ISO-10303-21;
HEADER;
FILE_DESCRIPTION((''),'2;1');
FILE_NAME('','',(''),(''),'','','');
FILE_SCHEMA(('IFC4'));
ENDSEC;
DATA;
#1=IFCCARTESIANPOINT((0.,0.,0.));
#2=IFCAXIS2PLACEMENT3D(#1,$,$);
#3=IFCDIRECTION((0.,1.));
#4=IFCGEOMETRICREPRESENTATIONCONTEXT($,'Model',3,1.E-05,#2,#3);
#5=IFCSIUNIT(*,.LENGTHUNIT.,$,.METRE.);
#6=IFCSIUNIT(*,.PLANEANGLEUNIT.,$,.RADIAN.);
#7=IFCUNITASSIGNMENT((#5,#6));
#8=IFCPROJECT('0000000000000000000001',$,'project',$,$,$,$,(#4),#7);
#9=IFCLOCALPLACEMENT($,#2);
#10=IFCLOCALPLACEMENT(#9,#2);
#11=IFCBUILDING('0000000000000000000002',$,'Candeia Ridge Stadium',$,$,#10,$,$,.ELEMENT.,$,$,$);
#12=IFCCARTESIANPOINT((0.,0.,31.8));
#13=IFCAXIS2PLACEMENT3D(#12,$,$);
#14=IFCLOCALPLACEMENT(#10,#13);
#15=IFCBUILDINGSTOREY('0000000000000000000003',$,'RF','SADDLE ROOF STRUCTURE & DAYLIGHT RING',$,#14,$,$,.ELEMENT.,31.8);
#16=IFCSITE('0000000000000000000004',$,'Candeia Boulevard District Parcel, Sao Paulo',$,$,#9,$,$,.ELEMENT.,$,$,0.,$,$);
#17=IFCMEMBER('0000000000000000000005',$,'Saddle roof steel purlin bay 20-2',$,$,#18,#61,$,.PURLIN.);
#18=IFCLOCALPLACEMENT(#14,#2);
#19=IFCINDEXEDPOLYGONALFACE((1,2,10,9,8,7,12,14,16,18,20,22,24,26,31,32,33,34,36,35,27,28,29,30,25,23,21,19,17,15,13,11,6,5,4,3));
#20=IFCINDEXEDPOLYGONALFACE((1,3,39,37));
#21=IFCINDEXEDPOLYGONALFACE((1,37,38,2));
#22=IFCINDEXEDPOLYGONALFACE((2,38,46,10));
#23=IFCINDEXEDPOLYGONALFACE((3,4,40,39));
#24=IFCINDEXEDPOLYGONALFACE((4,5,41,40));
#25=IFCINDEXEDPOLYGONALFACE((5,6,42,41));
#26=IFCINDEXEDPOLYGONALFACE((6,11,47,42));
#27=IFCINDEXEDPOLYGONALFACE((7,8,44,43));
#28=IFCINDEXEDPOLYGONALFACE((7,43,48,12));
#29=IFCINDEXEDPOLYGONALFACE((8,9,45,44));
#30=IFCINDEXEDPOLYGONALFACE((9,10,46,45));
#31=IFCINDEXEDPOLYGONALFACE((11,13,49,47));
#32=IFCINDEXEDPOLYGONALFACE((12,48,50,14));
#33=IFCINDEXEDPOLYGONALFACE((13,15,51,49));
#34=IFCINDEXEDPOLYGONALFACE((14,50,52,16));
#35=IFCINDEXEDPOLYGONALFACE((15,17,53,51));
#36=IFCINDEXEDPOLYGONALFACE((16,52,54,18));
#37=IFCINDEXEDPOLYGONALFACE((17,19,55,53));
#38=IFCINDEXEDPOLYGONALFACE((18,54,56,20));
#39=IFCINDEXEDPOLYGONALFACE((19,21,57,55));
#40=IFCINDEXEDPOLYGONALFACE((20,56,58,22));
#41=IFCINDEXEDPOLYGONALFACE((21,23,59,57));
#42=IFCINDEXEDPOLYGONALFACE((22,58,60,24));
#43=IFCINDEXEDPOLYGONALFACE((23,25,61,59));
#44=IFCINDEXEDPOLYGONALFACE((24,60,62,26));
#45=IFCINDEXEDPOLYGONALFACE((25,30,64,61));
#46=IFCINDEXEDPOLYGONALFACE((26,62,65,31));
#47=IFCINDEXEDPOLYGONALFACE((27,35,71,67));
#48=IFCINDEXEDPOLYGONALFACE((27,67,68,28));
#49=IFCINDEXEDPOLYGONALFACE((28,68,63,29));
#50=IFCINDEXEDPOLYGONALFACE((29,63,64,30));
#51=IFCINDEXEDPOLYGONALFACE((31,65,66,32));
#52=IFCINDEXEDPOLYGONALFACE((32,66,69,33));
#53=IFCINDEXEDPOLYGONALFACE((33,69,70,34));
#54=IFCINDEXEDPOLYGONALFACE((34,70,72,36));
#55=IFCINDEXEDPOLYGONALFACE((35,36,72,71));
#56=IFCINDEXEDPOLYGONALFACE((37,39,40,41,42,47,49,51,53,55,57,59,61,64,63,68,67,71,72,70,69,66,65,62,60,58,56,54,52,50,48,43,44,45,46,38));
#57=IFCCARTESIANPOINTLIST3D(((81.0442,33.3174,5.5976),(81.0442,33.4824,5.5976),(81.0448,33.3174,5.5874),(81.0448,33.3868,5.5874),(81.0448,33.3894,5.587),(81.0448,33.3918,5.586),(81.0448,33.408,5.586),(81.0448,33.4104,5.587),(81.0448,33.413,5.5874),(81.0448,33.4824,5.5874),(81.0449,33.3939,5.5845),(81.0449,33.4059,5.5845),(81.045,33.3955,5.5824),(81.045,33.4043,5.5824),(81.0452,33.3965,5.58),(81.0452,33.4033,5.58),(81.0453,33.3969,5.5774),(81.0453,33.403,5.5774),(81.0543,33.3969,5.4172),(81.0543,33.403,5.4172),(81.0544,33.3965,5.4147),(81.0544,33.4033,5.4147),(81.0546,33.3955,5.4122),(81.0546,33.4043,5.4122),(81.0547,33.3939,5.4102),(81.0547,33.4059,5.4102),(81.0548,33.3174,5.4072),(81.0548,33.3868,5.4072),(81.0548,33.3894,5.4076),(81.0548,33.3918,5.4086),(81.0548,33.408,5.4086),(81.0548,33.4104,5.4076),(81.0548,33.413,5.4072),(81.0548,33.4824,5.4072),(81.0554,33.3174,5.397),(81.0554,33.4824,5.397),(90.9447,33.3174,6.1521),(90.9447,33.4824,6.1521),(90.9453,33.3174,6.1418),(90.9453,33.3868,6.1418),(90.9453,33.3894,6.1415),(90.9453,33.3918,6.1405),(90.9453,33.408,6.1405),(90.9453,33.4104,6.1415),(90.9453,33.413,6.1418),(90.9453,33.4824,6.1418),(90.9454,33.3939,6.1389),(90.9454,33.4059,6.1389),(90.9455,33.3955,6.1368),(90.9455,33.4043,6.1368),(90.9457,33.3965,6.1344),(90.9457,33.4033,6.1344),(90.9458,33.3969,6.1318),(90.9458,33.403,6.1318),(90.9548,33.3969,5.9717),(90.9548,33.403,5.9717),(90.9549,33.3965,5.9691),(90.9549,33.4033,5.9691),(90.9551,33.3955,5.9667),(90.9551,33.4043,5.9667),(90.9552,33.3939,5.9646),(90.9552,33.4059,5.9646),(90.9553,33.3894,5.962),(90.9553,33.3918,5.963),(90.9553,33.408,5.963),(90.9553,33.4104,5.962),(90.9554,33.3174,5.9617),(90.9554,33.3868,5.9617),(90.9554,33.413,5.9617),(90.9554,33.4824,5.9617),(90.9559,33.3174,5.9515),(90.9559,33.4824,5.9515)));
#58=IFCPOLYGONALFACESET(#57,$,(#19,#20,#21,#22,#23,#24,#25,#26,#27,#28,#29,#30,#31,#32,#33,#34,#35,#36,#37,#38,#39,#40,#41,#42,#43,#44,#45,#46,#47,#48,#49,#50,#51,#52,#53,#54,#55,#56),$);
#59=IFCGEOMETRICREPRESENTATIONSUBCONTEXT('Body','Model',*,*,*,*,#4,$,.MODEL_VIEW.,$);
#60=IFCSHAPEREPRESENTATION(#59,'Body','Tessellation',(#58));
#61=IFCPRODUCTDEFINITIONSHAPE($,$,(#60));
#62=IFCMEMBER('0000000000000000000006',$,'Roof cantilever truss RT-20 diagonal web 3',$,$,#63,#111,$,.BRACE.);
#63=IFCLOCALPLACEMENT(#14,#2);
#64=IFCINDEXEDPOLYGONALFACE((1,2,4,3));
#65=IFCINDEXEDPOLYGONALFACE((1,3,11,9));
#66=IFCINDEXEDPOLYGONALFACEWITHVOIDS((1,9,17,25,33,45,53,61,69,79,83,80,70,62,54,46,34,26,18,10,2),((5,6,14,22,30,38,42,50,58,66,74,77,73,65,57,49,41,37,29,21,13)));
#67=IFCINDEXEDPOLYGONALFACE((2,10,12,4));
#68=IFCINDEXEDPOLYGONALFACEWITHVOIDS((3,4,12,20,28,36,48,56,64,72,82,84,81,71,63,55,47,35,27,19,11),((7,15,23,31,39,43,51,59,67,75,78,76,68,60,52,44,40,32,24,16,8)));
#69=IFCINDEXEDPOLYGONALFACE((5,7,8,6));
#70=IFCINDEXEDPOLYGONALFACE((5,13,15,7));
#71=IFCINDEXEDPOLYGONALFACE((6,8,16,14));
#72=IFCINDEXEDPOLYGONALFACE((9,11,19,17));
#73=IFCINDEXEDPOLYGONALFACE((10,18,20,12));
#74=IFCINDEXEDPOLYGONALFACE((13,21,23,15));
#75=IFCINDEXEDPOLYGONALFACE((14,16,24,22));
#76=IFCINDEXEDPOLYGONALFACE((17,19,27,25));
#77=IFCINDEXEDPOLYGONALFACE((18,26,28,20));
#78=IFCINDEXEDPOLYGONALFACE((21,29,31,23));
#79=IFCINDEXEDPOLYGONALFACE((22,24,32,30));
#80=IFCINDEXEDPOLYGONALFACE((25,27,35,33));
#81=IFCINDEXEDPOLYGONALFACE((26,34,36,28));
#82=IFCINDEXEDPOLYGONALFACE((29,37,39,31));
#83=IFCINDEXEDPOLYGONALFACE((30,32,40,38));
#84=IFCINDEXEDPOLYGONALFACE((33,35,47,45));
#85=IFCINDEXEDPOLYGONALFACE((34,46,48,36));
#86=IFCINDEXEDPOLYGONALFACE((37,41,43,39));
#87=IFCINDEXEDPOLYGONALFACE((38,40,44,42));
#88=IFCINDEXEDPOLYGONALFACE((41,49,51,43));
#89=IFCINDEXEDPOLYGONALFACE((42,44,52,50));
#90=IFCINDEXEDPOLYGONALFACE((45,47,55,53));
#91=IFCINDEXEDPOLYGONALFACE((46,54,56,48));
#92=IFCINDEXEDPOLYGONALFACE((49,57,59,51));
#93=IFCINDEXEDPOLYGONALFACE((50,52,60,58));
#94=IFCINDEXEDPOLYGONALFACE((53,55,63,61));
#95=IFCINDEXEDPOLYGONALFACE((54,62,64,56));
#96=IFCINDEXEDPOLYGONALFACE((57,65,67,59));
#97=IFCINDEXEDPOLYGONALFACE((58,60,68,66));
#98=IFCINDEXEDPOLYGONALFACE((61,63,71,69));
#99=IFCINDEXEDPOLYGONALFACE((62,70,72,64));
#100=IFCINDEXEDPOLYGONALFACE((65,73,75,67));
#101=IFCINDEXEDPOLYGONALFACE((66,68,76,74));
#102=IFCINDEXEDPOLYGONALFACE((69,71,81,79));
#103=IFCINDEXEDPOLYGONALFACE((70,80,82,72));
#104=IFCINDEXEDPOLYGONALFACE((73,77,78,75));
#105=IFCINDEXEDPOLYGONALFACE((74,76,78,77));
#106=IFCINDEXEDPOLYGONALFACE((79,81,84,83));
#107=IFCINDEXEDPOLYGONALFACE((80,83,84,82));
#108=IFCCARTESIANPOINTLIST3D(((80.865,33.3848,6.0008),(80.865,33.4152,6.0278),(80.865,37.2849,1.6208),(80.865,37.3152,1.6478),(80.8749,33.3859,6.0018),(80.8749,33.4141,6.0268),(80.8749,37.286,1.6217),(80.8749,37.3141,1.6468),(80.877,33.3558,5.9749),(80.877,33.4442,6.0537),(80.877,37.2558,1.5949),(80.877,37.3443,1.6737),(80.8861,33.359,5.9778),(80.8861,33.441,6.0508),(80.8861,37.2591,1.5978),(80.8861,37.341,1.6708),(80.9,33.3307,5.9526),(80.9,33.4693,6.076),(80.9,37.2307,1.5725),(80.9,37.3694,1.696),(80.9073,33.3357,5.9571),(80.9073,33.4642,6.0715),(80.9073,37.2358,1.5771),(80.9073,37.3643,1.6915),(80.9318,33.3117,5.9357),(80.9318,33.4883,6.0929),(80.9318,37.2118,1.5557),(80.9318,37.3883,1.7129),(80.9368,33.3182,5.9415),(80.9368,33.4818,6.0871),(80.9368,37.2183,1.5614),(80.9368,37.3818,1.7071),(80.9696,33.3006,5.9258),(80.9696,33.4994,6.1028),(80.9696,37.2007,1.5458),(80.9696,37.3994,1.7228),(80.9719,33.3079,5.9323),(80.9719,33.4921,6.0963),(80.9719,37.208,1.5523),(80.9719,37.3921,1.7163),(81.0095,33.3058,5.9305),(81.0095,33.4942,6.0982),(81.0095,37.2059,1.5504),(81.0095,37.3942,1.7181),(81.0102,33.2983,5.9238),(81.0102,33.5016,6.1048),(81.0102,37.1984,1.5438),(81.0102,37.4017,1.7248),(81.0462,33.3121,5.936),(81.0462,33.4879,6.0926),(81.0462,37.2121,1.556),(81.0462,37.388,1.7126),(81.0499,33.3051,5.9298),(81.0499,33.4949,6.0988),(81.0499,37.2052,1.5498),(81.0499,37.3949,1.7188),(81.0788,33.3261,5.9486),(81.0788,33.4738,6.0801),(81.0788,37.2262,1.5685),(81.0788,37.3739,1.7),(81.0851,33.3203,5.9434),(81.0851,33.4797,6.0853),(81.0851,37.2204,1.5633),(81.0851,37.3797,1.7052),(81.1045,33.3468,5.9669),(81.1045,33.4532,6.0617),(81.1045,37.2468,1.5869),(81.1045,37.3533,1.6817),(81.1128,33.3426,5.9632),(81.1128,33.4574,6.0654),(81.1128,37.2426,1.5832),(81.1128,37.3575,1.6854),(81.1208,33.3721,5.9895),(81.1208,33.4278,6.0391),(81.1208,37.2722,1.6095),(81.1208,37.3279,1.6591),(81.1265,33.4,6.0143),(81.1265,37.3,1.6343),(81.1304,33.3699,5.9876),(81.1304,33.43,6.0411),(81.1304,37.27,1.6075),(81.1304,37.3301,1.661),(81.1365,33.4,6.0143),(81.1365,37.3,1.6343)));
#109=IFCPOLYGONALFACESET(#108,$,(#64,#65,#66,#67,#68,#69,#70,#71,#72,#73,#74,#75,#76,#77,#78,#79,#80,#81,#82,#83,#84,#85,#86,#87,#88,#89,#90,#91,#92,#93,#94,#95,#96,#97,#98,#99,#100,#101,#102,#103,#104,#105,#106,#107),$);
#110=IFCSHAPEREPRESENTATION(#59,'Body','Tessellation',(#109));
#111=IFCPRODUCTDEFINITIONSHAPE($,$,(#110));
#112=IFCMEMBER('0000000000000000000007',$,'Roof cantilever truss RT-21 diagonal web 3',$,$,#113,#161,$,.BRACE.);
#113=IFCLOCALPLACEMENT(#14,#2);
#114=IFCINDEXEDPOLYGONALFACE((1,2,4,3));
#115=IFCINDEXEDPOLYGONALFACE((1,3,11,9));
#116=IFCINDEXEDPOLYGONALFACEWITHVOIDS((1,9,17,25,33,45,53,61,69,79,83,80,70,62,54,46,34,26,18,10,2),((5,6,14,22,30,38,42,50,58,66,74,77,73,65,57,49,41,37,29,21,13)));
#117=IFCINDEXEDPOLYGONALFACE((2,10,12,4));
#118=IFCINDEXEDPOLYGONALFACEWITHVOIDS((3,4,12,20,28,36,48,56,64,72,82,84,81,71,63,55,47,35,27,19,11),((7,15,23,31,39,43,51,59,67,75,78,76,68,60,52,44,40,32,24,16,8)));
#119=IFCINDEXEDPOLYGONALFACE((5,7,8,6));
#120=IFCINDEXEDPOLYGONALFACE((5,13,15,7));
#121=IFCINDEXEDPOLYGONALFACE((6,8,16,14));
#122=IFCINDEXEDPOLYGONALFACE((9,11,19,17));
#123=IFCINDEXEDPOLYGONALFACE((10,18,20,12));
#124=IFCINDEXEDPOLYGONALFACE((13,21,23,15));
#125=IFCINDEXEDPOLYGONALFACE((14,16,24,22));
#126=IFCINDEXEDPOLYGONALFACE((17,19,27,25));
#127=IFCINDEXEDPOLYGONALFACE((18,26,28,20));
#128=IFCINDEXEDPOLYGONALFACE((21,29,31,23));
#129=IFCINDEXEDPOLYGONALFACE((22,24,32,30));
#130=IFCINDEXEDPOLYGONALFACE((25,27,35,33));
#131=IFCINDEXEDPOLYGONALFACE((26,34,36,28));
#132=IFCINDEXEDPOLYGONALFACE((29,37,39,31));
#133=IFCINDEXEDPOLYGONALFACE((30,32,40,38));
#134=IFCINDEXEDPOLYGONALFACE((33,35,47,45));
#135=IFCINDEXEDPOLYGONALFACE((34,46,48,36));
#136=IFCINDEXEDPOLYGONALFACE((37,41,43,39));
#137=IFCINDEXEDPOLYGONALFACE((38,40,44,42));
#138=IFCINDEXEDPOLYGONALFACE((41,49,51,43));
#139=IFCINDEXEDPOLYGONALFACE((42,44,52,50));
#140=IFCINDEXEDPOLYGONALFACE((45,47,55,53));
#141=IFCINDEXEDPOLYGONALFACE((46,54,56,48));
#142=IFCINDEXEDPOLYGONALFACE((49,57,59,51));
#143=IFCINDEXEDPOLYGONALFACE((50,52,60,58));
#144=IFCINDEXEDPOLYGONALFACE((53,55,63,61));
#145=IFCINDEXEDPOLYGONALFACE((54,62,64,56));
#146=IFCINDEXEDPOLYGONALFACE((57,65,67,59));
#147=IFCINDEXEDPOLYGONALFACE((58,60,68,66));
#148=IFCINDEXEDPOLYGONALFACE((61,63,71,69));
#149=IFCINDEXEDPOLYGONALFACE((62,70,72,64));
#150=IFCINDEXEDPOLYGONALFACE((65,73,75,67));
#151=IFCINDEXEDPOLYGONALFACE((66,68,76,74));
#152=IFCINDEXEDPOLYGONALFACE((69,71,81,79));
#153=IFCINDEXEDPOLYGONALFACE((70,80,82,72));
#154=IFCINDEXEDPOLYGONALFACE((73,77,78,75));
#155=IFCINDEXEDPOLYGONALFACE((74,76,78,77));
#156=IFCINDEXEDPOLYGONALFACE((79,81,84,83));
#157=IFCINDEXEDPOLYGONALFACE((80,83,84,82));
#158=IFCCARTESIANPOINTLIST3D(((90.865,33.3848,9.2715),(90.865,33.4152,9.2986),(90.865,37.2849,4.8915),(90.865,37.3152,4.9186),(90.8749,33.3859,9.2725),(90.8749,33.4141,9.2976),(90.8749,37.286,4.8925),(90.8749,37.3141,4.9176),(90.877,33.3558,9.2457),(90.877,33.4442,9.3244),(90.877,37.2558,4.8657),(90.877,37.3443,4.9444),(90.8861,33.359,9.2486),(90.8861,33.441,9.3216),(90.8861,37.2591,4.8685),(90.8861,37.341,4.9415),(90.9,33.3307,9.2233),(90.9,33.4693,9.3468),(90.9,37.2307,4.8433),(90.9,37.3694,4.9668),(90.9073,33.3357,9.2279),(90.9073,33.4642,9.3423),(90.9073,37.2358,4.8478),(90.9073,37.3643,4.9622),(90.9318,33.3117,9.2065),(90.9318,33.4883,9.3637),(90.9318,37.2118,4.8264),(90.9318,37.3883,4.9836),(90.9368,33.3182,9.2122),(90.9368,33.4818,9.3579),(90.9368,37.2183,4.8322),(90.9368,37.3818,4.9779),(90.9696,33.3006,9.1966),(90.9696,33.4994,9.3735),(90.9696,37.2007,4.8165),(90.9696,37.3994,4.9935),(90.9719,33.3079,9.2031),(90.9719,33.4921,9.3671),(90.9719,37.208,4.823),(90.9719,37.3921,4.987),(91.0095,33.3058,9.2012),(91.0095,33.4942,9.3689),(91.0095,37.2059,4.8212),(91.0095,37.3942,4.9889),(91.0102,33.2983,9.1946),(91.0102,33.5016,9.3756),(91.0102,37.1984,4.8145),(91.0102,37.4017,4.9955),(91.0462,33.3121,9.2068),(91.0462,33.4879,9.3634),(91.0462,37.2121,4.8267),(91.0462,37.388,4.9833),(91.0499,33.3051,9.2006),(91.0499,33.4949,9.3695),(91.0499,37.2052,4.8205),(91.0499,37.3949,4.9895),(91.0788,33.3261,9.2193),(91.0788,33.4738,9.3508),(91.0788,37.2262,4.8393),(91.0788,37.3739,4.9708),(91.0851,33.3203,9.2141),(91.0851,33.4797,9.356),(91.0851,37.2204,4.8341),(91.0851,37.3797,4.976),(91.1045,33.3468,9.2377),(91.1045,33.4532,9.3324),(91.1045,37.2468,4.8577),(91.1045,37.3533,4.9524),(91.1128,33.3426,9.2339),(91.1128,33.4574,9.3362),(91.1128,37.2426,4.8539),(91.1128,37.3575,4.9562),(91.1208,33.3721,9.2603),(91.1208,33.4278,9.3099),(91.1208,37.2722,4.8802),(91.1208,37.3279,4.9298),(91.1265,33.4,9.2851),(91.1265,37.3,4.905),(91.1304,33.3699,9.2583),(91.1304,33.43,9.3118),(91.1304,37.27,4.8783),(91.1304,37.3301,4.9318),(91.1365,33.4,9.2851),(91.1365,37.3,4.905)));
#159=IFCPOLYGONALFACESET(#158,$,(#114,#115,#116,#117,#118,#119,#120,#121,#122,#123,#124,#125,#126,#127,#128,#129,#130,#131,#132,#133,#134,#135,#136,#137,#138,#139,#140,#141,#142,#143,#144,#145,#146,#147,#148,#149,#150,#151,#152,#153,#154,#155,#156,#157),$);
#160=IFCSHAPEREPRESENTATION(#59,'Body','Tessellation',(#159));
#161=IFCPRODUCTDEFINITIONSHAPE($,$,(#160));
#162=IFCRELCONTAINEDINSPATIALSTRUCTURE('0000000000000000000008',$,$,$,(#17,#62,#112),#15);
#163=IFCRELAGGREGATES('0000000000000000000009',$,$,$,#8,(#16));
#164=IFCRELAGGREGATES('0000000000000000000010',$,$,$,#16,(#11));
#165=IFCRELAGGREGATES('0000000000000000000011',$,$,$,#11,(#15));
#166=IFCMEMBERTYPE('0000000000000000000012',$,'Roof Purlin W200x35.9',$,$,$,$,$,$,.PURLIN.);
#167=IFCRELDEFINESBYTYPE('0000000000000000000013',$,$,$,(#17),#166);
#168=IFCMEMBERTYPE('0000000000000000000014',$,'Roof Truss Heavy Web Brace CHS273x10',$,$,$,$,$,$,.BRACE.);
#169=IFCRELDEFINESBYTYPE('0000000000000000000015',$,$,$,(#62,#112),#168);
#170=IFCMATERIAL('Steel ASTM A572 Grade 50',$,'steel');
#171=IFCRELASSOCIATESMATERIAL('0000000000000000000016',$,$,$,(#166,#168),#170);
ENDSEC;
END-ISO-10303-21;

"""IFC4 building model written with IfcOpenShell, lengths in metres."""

from ifc_helpers import new_model, si_unit, direction, frame, origin, origin_2d, place, context, subcontext, project, spatial, hollow_circle, i_section, extrude, material, material_profile, profile_set, type_object, element, save


model = new_model("IFC4")

# Units and contexts
model_context = context("Model", 3, precision=1e-05, world=origin(), true_north=direction((0.0, 1.0)))
body_context = subcontext(model_context, "Body", "Model", "MODEL_VIEW")
ifc_project = project(units=[si_unit("LENGTHUNIT", "METRE"), si_unit("PLANEANGLEUNIT", "RADIAN")], contexts=[model_context])

# Site, building, storey
site_placement = place(None, origin())
site = spatial("IfcSite", under=ifc_project, at=site_placement, Name="Candeia Boulevard District Parcel, Sao Paulo", CompositionType="ELEMENT", RefElevation=0.0)
building_placement = place(site_placement, origin())
building = spatial("IfcBuilding", under=site, at=building_placement, Name="Candeia Ridge Stadium", CompositionType="ELEMENT")
storey_placement = place(building_placement, frame((0.0, 0.0, 31.8)))
storey = spatial("IfcBuildingStorey", under=building, at=storey_placement, Name="RF", Description="SADDLE ROOF STRUCTURE & DAYLIGHT RING", CompositionType="ELEMENT", Elevation=31.8)

# Shared definitions
ifc_material_1 = material(Name="Steel ASTM A572 Grade 50", Category="steel")

# Members
ifc_material_profile_1 = material_profile(ifc_material_1, i_section(OverallWidth=0.165, OverallDepth=0.2009, WebThickness=0.0061, FlangeThickness=0.0103, FilletRadius=0.01, at=origin_2d()), Name="W200x35.9", Category="steel")
ifc_profile_set_1 = profile_set([ifc_material_profile_1], Name="Steel ASTM A572 Grade 50")
member_type_1 = type_object("IfcMemberType", Name="Roof Purlin W200x35.9", PredefinedType="PURLIN", material=ifc_profile_set_1)
member_1_placement = place(storey_placement, frame((81.0498, 33.3999, 5.4973), z_axis=(0.998436, 0.0, 0.055915), x_axis=(0.0, 1.0, 0.0)))
element("IfcMember", 1, at=member_1_placement, inside=storey, type_object=member_type_1, Name="Saddle roof steel purlin bay 20-2", PredefinedType="PURLIN", context=body_context, shape_type="SweptSolid", body=[
    extrude(i_section(OverallWidth=0.165, OverallDepth=0.2009, WebThickness=0.0061, FlangeThickness=0.0103, FilletRadius=0.01, at=origin_2d()), origin(), (0.0, 0.0, 1.0), 9.916),
])
ifc_material_profile_2 = material_profile(ifc_material_1, hollow_circle(Radius=0.1365, WallThickness=0.01, at=origin_2d()), Name="CHS273x10", Category="steel")
ifc_profile_set_2 = profile_set([ifc_material_profile_2], Name="Steel ASTM A572 Grade 50")
member_type_2 = type_object("IfcMemberType", Name="Roof Truss Heavy Web Brace CHS273x10", PredefinedType="BRACE", material=ifc_profile_set_2)
for number, where, z_axis, x_axis, name in (
    (2, (81.0, 37.3, 1.6343), (0.0, -0.665002, 0.746842), (1.0, 0.0, 0.0), "Roof cantilever truss RT-20 diagonal web 3"),
    (3, (91.0, 37.3, 4.905), (0.0, -0.665002, 0.746842), (1.0, 0.0, 0.0), "Roof cantilever truss RT-21 diagonal web 3"),
):
    element("IfcMember", number, at=place(storey_placement, frame(where, z_axis=z_axis, x_axis=x_axis)), inside=storey, type_object=member_type_2, Name=name, PredefinedType="BRACE", context=body_context, shape_type="SweptSolid", body=[
        extrude(hollow_circle(Radius=0.1365, WallThickness=0.01, at=origin_2d()), origin(), (0.0, 0.0, 1.0), 5.8647),
    ])

save(model, "model.ifc")
